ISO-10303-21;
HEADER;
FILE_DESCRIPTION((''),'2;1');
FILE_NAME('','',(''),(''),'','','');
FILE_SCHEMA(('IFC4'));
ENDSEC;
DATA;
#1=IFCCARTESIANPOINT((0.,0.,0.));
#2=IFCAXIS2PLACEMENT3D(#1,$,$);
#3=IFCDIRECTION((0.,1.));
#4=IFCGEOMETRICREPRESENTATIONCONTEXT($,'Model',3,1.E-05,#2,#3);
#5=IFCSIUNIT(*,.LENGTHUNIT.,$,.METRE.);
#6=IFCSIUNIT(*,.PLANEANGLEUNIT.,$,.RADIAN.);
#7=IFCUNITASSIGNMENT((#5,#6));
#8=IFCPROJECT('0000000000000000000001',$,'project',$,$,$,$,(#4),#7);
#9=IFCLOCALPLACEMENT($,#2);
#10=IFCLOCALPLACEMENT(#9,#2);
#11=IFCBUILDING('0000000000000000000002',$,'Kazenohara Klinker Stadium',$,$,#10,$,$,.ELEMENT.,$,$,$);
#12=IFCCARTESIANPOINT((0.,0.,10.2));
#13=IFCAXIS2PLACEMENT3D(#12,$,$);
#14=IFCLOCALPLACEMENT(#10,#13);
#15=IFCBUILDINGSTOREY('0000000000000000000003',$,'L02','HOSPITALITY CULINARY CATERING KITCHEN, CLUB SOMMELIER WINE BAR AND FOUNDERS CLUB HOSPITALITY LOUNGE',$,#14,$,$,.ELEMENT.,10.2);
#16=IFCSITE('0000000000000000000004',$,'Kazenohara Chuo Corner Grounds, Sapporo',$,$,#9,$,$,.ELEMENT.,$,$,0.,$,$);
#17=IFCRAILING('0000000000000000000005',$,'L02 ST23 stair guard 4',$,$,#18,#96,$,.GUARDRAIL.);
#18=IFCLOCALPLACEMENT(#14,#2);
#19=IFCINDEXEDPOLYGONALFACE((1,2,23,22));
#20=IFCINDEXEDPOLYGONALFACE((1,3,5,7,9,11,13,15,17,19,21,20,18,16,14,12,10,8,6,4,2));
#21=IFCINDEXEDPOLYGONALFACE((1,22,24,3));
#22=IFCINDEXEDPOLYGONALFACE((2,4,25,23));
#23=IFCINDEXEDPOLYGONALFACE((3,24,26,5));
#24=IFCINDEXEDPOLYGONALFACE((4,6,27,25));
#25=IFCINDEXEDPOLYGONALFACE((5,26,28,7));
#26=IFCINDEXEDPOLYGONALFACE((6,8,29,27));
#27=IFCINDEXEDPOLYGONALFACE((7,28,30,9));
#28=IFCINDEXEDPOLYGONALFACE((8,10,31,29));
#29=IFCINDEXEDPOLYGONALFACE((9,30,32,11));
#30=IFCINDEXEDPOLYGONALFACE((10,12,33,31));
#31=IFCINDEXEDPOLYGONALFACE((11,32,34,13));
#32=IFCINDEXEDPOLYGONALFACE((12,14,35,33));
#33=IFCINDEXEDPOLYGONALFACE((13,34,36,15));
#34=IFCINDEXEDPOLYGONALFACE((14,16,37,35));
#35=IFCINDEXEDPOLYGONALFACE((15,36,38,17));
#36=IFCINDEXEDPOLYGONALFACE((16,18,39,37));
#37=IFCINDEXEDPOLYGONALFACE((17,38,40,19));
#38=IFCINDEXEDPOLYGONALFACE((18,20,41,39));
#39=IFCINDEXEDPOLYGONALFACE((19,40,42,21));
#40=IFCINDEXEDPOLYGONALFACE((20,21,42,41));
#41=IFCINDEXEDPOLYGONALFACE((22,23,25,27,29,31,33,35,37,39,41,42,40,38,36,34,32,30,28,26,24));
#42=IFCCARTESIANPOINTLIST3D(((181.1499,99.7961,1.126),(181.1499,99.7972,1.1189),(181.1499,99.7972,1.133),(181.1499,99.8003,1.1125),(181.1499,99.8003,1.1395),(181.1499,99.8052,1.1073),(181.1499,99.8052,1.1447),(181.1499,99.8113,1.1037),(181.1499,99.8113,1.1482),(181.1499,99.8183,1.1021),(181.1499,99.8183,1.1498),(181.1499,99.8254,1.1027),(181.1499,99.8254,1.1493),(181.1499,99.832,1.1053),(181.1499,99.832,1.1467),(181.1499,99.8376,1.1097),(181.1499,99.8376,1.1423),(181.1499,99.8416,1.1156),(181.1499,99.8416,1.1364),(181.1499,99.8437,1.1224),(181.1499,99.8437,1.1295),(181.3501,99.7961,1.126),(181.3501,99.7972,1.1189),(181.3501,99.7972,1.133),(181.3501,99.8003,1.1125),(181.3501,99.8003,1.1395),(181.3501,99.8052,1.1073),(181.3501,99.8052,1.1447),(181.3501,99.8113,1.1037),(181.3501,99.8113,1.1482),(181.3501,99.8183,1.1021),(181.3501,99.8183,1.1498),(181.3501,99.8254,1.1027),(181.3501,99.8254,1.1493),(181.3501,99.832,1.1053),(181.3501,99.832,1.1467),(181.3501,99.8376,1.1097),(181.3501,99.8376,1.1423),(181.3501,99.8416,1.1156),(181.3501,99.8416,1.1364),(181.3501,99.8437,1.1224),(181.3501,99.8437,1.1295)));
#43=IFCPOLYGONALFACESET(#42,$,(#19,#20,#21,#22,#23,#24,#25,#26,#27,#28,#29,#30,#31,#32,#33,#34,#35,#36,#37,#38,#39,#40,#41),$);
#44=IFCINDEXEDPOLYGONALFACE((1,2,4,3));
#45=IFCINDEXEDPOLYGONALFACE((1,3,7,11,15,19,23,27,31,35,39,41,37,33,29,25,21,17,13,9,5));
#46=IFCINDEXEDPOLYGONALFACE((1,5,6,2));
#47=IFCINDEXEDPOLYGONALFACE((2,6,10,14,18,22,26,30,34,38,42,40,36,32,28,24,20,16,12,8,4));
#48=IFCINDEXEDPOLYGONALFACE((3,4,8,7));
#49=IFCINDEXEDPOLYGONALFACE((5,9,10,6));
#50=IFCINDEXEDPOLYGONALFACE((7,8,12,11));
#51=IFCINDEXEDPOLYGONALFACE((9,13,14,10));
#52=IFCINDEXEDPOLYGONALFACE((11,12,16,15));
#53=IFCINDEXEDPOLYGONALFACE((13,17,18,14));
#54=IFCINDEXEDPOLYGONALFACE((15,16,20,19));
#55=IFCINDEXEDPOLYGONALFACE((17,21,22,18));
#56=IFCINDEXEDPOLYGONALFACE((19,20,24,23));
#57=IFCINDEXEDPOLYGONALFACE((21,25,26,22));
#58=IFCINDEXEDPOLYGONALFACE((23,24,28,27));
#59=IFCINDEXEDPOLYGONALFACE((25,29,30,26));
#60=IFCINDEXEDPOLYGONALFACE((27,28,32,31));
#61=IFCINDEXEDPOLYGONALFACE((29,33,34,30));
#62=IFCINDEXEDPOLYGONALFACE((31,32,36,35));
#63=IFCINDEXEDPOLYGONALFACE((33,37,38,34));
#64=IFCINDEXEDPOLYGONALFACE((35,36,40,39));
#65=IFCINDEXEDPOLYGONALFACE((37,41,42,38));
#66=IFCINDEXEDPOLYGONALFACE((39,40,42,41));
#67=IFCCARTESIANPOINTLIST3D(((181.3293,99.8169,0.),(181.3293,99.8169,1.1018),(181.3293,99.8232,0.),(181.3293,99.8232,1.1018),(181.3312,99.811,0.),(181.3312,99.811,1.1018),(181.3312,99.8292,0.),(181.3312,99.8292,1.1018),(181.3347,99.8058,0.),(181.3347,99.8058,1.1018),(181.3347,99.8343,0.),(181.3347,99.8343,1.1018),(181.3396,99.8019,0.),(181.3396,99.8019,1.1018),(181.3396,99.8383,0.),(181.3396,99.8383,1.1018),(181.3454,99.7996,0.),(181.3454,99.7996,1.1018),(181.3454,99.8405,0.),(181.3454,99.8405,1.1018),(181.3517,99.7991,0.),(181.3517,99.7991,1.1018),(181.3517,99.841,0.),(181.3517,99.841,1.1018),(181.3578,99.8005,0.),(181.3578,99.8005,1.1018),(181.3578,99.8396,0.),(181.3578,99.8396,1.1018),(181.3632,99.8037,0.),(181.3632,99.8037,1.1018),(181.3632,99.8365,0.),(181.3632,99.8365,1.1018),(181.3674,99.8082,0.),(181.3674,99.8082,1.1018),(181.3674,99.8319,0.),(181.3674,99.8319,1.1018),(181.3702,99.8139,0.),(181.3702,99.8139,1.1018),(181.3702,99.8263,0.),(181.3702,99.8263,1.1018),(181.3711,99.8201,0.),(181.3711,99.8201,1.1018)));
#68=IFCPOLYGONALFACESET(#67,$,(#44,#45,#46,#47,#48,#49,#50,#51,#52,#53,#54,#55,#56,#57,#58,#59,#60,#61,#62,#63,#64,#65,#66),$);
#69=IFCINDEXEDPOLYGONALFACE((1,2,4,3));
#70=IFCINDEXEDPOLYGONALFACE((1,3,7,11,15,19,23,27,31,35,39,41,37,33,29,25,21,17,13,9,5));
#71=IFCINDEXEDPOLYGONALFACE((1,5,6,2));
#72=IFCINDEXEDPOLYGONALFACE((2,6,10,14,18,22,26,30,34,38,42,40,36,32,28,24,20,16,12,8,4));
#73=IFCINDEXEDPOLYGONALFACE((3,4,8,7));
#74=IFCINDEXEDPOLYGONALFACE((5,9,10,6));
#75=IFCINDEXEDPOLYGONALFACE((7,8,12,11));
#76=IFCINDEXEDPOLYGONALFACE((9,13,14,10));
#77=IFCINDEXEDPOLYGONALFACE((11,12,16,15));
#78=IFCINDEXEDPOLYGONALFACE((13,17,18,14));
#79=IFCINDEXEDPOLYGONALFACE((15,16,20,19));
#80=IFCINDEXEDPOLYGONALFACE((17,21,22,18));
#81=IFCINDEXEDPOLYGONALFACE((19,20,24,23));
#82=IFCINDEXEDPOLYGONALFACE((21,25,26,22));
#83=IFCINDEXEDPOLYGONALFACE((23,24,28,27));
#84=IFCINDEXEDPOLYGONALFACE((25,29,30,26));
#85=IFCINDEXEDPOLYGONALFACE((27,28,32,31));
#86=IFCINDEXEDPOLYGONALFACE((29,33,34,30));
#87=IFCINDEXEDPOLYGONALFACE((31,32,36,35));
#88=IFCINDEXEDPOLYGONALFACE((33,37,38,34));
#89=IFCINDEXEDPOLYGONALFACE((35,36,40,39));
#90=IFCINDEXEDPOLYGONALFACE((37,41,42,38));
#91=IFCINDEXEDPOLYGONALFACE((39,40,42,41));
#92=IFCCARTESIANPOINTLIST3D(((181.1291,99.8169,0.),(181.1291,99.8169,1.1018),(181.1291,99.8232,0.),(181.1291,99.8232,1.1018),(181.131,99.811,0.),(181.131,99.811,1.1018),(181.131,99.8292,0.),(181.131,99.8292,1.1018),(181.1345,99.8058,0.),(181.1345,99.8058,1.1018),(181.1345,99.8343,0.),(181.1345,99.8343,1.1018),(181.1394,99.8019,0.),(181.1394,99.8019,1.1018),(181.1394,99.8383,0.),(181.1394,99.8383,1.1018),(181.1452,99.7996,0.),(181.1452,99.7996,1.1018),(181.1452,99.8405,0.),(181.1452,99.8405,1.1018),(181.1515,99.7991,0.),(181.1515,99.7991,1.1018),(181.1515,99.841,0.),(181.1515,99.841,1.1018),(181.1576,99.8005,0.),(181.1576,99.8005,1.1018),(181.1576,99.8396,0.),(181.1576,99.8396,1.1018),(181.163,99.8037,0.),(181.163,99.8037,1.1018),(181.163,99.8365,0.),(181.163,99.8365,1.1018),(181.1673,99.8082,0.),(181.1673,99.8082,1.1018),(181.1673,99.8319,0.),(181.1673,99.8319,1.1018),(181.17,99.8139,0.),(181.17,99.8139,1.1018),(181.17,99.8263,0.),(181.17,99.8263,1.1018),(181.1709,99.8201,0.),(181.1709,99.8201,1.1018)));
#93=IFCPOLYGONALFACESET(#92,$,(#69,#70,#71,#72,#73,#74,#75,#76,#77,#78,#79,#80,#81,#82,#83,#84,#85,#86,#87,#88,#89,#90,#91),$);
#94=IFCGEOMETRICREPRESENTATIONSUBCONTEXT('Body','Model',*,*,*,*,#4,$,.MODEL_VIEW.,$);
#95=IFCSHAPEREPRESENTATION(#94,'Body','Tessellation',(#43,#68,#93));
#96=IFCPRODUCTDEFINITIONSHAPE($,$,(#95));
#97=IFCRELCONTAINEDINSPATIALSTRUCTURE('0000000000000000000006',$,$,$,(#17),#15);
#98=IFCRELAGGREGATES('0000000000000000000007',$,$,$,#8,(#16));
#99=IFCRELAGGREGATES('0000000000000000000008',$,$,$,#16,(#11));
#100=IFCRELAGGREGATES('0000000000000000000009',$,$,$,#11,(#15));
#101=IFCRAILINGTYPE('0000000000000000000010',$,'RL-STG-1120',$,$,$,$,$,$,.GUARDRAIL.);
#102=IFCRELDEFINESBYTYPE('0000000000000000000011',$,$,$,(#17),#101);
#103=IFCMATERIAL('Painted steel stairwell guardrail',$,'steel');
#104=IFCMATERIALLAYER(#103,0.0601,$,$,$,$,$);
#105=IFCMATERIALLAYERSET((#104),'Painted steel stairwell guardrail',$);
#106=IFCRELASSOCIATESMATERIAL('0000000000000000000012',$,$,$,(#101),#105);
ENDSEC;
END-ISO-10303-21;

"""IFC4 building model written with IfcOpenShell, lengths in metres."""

from ifc_helpers import new_model, si_unit, direction, frame, origin, origin_2d, place, context, subcontext, project, spatial, circle, extrude, material, layer, layer_set, type_object, element, save


model = new_model("IFC4")

# Units and contexts
model_context = context("Model", 3, precision=1e-05, world=origin(), true_north=direction((0.0, 1.0)))
body_context = subcontext(model_context, "Body", "Model", "MODEL_VIEW")
ifc_project = project(units=[si_unit("LENGTHUNIT", "METRE"), si_unit("PLANEANGLEUNIT", "RADIAN")], contexts=[model_context])

# Site, building, storey
site_placement = place(None, origin())
site = spatial("IfcSite", under=ifc_project, at=site_placement, Name="Kazenohara Chuo Corner Grounds, Sapporo", CompositionType="ELEMENT", RefElevation=0.0)
building_placement = place(site_placement, origin())
building = spatial("IfcBuilding", under=site, at=building_placement, Name="Kazenohara Klinker Stadium", CompositionType="ELEMENT")
storey_placement = place(building_placement, frame((0.0, 0.0, 10.2)))
storey = spatial("IfcBuildingStorey", under=building, at=storey_placement, Name="L02", Description="HOSPITALITY CULINARY CATERING KITCHEN, CLUB SOMMELIER WINE BAR AND FOUNDERS CLUB HOSPITALITY LOUNGE", CompositionType="ELEMENT", Elevation=10.2)

# Railing
ifc_material_1 = material(Name="Painted steel stairwell guardrail", Category="steel")
ifc_layer_1 = layer(ifc_material_1, 0.0601)
ifc_layer_set_1 = layer_set([ifc_layer_1], Name="Painted steel stairwell guardrail")
railing_type_1 = type_object("IfcRailingType", Name="RL-STG-1120", PredefinedType="GUARDRAIL", material=ifc_layer_set_1)
railing_1_placement = place(storey_placement, frame((181.3501, 99.8201, 0.0)))
element("IfcRailing", 1, at=railing_1_placement, inside=storey, type_object=railing_type_1, Name="L02 ST23 stair guard 4", PredefinedType="GUARDRAIL", context=body_context, shape_type="SweptSolid", body=[
    extrude(circle(Radius=0.0239, at=origin_2d()), frame((0.0, 0.0, 1.126), z_axis=(-1.0, 0.0, 0.0), x_axis=(0.0, -1.0, 0.0)), (0.0, 0.0, 1.0), 0.2002),
    extrude(circle(Radius=0.021, at=origin_2d()), origin(), (0.0, 0.0, 1.0), 1.1018),
    extrude(circle(Radius=0.021, at=origin_2d()), frame((-0.2002, 0.0, 0.0)), (0.0, 0.0, 1.0), 1.1018),
])

save(model, "model.ifc")
